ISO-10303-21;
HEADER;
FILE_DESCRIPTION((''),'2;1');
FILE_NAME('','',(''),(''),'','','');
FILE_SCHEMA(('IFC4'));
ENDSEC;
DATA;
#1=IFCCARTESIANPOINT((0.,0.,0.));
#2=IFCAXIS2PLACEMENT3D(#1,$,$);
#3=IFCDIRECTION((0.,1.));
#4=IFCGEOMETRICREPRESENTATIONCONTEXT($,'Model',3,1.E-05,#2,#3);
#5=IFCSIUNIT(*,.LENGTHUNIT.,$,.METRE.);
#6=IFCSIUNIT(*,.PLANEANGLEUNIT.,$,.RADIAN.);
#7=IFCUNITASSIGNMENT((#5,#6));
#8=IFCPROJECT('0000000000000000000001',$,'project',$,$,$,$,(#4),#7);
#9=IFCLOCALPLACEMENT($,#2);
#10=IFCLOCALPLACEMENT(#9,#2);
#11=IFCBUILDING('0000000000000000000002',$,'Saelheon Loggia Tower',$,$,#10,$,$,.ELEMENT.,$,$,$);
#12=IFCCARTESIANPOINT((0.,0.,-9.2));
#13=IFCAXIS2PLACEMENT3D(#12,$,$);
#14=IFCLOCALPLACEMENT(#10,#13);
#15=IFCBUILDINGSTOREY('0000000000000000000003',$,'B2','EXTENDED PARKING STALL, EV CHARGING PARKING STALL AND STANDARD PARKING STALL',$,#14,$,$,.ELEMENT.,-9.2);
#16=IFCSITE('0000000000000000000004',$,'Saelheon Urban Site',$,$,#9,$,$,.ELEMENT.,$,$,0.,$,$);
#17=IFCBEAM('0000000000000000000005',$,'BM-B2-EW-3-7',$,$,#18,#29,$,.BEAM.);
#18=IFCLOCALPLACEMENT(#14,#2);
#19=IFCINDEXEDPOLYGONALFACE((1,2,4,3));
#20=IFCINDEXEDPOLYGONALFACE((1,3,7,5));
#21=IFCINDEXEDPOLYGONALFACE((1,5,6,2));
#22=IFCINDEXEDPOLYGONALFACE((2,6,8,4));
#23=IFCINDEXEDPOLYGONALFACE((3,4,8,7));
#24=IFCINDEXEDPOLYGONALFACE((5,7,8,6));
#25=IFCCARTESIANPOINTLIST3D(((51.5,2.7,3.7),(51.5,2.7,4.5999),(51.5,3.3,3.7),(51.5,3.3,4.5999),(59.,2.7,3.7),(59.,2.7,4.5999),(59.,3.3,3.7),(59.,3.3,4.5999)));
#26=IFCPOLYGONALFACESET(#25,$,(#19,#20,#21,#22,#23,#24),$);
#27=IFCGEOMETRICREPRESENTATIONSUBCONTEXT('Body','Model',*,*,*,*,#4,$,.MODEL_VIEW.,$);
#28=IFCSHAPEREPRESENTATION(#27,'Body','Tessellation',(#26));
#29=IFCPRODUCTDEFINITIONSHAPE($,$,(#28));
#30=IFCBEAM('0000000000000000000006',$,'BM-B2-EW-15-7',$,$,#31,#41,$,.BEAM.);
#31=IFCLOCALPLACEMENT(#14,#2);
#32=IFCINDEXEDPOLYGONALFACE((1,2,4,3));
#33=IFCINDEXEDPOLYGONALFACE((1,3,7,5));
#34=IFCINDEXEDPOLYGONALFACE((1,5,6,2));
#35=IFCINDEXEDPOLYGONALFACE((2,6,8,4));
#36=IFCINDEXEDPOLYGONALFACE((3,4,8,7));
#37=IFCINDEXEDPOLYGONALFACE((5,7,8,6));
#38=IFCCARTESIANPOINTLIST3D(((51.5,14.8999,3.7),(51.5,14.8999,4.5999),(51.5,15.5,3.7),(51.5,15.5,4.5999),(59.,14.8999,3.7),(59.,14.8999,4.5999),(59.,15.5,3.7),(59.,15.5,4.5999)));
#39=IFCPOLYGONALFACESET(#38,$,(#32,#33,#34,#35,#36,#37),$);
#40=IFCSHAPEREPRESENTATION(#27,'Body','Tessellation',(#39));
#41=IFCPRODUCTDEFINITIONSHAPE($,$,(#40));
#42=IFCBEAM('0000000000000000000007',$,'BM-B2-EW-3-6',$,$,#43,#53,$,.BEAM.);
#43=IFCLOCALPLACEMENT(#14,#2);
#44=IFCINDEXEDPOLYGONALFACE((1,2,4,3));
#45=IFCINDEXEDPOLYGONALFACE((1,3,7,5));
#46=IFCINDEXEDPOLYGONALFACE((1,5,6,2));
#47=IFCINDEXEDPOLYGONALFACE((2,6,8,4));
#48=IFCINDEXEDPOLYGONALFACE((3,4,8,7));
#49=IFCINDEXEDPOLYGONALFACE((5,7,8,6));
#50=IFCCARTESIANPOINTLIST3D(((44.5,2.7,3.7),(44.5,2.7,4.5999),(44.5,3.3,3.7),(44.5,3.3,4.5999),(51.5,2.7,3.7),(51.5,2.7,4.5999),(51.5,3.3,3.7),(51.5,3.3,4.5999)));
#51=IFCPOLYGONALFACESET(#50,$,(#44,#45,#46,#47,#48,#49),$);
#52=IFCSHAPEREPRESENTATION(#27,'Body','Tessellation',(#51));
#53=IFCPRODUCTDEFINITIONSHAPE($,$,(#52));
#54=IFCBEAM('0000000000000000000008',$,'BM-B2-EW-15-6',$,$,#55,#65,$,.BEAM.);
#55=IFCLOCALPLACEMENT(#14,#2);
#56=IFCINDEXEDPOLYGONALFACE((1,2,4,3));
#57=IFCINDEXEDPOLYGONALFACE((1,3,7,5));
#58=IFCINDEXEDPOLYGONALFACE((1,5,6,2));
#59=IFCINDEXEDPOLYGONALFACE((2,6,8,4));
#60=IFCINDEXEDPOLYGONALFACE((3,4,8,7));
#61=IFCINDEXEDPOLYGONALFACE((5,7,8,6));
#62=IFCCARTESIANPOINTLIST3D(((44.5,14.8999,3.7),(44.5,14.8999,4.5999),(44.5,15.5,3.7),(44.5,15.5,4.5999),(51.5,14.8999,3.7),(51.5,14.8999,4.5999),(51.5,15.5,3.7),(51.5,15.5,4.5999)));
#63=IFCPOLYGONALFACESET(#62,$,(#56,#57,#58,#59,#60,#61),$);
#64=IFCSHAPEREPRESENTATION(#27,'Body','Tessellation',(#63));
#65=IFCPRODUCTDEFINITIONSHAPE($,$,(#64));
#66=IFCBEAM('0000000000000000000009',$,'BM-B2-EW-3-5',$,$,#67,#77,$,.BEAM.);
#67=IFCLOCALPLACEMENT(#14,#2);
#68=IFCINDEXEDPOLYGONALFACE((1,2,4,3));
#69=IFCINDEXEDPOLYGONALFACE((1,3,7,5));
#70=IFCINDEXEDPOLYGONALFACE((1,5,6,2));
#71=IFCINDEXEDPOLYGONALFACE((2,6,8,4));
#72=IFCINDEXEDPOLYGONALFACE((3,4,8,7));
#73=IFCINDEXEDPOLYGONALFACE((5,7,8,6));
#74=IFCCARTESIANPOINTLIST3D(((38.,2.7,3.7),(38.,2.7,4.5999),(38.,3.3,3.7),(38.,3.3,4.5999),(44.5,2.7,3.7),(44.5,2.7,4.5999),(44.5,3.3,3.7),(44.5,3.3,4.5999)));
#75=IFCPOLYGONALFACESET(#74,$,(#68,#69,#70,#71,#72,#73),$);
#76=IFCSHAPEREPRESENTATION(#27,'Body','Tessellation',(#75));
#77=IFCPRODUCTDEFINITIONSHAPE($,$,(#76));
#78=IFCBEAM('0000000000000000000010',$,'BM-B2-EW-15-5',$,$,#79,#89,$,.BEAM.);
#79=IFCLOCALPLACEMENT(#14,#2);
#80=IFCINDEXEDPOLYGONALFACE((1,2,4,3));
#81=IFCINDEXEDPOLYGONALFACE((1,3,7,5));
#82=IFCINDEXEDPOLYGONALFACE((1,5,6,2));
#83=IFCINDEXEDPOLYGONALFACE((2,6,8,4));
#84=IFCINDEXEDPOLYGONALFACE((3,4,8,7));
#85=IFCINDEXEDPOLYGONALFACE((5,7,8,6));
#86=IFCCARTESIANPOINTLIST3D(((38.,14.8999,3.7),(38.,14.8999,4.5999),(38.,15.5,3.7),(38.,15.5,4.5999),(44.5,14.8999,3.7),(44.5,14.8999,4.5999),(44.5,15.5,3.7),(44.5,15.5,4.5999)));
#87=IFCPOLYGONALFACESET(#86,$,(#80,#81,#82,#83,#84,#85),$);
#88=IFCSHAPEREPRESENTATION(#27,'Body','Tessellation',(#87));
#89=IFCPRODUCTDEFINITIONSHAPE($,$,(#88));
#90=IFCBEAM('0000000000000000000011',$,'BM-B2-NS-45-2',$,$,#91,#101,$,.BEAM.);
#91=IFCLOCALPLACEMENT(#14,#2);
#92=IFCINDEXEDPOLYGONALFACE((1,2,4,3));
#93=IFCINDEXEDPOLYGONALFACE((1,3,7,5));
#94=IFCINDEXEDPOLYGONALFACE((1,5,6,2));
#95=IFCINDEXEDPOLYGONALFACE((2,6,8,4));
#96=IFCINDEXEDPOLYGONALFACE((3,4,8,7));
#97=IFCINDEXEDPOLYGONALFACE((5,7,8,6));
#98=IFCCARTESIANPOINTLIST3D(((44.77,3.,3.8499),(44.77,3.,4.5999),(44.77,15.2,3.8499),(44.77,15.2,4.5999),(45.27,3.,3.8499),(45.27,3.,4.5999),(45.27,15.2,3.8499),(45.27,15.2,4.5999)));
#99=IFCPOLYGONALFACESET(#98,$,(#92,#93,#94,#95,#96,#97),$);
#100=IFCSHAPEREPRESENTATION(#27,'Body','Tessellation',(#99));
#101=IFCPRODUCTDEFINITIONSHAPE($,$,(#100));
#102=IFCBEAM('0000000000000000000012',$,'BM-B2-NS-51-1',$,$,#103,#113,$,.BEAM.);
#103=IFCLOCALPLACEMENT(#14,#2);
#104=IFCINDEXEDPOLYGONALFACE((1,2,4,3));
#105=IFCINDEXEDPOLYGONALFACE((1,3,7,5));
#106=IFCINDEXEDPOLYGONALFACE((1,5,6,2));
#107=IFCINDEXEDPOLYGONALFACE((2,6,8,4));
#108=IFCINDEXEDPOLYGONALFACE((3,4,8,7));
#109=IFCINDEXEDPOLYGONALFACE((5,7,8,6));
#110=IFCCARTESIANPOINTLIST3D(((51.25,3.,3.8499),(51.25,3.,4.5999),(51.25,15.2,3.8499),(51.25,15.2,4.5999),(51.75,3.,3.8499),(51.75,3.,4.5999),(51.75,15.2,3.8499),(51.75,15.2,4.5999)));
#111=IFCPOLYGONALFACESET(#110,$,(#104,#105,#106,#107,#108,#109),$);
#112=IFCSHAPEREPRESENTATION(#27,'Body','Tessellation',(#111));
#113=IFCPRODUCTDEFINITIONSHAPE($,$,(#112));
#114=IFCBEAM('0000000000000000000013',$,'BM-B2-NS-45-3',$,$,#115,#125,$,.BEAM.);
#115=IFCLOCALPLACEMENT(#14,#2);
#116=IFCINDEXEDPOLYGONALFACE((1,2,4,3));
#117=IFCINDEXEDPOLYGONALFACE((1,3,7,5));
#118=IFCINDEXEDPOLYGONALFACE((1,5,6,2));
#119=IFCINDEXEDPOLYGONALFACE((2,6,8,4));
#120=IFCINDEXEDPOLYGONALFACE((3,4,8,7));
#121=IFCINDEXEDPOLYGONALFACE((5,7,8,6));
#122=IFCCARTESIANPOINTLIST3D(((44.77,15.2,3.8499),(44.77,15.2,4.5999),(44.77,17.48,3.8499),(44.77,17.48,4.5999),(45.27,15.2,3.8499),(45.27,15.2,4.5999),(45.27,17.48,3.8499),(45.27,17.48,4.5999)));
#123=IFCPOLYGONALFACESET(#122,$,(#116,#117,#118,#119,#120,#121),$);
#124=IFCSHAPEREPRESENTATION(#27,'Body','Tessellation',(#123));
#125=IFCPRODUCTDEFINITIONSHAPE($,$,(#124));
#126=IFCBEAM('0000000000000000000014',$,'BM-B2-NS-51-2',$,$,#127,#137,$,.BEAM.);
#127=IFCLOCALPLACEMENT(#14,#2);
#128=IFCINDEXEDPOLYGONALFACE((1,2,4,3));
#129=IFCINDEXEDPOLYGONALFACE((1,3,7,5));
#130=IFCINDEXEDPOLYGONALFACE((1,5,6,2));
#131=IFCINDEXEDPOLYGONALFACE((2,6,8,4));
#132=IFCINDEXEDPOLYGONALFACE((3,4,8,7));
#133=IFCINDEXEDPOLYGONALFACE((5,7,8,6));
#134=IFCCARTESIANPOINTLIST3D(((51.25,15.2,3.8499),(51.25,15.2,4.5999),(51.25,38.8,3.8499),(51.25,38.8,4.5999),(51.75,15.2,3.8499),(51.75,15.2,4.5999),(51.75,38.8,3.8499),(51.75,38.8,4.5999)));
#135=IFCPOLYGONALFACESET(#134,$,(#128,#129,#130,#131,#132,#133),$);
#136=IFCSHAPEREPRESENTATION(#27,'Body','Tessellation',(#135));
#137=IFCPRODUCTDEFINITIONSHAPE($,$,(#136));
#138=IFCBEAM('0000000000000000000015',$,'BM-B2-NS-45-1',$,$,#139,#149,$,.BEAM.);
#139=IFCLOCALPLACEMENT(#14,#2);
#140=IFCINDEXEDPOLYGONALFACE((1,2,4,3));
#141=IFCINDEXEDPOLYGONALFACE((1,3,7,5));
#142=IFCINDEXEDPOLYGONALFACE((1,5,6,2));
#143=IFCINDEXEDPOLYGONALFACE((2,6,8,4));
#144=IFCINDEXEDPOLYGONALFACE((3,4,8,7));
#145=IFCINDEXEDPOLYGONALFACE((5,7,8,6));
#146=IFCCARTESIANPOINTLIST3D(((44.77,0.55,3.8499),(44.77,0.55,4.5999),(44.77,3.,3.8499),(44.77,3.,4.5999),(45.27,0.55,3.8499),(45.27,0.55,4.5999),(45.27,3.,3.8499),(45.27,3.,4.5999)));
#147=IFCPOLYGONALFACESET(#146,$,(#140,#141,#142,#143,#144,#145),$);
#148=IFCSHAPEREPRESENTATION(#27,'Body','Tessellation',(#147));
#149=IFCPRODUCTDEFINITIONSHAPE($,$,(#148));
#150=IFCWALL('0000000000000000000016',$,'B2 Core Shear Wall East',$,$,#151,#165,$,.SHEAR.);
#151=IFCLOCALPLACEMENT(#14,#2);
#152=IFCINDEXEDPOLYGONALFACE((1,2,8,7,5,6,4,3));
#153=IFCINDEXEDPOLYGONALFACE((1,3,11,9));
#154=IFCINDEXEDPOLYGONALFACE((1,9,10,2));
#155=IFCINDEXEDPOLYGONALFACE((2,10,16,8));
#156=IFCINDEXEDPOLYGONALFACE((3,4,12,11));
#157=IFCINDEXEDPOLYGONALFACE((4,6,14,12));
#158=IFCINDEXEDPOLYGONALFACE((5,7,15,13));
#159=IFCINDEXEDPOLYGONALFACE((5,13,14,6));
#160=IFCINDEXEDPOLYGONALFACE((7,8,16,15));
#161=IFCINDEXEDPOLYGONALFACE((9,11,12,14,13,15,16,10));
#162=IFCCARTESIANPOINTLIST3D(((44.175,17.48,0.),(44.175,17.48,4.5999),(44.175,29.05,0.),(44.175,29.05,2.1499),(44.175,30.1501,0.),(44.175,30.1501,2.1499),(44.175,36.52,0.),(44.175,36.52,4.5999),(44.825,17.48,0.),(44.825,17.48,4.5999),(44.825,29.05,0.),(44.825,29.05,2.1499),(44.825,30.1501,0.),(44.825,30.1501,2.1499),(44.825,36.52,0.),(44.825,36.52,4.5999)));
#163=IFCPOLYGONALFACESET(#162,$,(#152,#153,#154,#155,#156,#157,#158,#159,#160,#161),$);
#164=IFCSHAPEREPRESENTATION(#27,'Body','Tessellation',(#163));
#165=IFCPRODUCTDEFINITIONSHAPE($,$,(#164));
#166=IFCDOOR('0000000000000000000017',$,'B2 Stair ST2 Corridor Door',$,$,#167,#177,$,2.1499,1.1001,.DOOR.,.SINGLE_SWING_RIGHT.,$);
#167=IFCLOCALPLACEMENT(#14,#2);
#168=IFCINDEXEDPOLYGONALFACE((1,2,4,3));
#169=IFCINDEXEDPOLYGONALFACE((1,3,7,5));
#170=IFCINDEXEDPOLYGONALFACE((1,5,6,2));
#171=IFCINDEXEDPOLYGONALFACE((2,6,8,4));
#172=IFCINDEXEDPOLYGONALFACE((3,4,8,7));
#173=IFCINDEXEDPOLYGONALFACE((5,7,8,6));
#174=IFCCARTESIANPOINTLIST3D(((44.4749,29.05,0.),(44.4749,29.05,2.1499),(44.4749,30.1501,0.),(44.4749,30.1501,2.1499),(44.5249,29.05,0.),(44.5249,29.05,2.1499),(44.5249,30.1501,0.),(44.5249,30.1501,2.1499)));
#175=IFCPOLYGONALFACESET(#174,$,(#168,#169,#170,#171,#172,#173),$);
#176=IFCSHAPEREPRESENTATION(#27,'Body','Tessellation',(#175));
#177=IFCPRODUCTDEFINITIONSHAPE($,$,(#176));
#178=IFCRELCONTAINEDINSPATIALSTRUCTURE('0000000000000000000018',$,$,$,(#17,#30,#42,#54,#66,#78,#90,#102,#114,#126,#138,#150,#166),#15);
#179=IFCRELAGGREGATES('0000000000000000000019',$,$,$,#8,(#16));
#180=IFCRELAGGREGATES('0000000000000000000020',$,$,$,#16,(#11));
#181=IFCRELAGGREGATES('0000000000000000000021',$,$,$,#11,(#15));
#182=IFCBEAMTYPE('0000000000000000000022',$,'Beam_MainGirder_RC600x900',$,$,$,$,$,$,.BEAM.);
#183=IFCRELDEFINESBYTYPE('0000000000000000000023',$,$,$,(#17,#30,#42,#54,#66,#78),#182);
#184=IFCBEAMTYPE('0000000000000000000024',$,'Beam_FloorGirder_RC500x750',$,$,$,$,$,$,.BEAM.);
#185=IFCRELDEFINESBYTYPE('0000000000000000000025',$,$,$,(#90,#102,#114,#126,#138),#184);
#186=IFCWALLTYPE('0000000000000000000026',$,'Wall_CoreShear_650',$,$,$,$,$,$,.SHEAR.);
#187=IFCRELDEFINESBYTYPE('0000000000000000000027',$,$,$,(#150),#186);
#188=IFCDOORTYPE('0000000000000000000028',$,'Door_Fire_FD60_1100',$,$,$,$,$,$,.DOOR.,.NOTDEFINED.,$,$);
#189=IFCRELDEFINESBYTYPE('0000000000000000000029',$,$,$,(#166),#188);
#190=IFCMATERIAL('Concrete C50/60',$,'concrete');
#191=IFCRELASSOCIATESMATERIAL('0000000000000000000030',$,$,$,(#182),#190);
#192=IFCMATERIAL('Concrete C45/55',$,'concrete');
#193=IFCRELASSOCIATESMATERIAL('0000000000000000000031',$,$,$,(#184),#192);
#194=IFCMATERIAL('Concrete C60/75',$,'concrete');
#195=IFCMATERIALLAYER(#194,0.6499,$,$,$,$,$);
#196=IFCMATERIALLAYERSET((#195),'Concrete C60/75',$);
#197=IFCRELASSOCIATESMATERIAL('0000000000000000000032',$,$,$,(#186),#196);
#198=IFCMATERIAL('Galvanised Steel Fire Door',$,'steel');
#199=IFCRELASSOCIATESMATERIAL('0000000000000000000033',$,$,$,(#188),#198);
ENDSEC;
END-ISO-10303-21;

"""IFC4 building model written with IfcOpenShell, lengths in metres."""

from ifc_helpers import new_model, si_unit, direction, frame, frame_2d, origin, origin_2d, place, context, subcontext, project, spatial, rectangle, extrude, source, transform, mapped, material, layer, layer_set, material_profile, profile_set, type_object, element, fill, save


model = new_model("IFC4")

# Units and contexts
model_context = context("Model", 3, precision=1e-05, world=origin(), true_north=direction((0.0, 1.0)))
body_context = subcontext(model_context, "Body", "Model", "MODEL_VIEW")
ifc_project = project(units=[si_unit("LENGTHUNIT", "METRE"), si_unit("PLANEANGLEUNIT", "RADIAN")], contexts=[model_context])

# Site, building, storey
site_placement = place(None, origin())
site = spatial("IfcSite", under=ifc_project, at=site_placement, Name="Saelheon Urban Site", CompositionType="ELEMENT", RefElevation=0.0)
building_placement = place(site_placement, origin())
building = spatial("IfcBuilding", under=site, at=building_placement, Name="Saelheon Loggia Tower", CompositionType="ELEMENT")
storey_placement = place(building_placement, frame((0.0, 0.0, -9.2)))
storey = spatial("IfcBuildingStorey", under=building, at=storey_placement, Name="B2", Description="EXTENDED PARKING STALL, EV CHARGING PARKING STALL AND STANDARD PARKING STALL", CompositionType="ELEMENT", Elevation=-9.2)

# Shared definitions
ifc_material_1 = material(Name="Concrete C50/60", Category="concrete")

# Shared definitions
ifc_material_2 = material(Name="Concrete C60/75", Category="concrete")

# Beams
ifc_material_profile_1 = material_profile(ifc_material_1, rectangle(XDim=0.6001, YDim=0.8999, at=origin_2d()), Name="RC-600x900")
ifc_profile_set_1 = profile_set([ifc_material_profile_1], Name="Concrete C50/60")
beam_type_1 = type_object("IfcBeamType", Name="Beam_MainGirder_RC600x900", PredefinedType="BEAM", material=ifc_profile_set_1)
shared_shape_1 = source(origin(), body_context, "Body", "SweptSolid", [
    extrude(rectangle(XDim=0.6001, YDim=0.8999, at=origin_2d()), origin(), (0.0, 0.0, 1.0), 7.5),
])
for number, where, z_axis, x_axis, name in (
    (1, (51.5, 3.0, 4.1499), (1.0, 0.0, 0.0), (0.0, 1.0, 0.0), "BM-B2-EW-3-7"),
    (2, (51.5, 15.2, 4.1499), (1.0, 0.0, 0.0), (0.0, 1.0, 0.0), "BM-B2-EW-15-7"),
):
    element("IfcBeam", number, at=place(storey_placement, frame(where, z_axis=z_axis, x_axis=x_axis)), inside=storey, type_object=beam_type_1, Name=name, PredefinedType="BEAM", context=body_context, shape_type="MappedRepresentation", body=[
        mapped(shared_shape_1, transform((0.0, 0.0, 0.0), scale=1.0)),
    ])
shared_shape_2 = source(origin(), body_context, "Body", "SweptSolid", [
    extrude(rectangle(XDim=0.6001, YDim=0.8999, at=origin_2d()), origin(), (0.0, 0.0, 1.0), 7.0),
])
for number, where, z_axis, x_axis, name in (
    (3, (44.5, 3.0, 4.1499), (1.0, 0.0, 0.0), (0.0, 1.0, 0.0), "BM-B2-EW-3-6"),
    (4, (44.5, 15.2, 4.1499), (1.0, 0.0, 0.0), (0.0, 1.0, 0.0), "BM-B2-EW-15-6"),
):
    element("IfcBeam", number, at=place(storey_placement, frame(where, z_axis=z_axis, x_axis=x_axis)), inside=storey, type_object=beam_type_1, Name=name, PredefinedType="BEAM", context=body_context, shape_type="MappedRepresentation", body=[
        mapped(shared_shape_2, transform((0.0, 0.0, 0.0), scale=1.0)),
    ])
shared_shape_3 = source(origin(), body_context, "Body", "SweptSolid", [
    extrude(rectangle(XDim=0.6001, YDim=0.8999, at=origin_2d()), origin(), (0.0, 0.0, 1.0), 6.5),
])
for number, where, z_axis, x_axis, name in (
    (5, (38.0, 3.0, 4.1499), (1.0, 0.0, 0.0), (0.0, 1.0, 0.0), "BM-B2-EW-3-5"),
    (6, (38.0, 15.2, 4.1499), (1.0, 0.0, 0.0), (0.0, 1.0, 0.0), "BM-B2-EW-15-5"),
):
    element("IfcBeam", number, at=place(storey_placement, frame(where, z_axis=z_axis, x_axis=x_axis)), inside=storey, type_object=beam_type_1, Name=name, PredefinedType="BEAM", context=body_context, shape_type="MappedRepresentation", body=[
        mapped(shared_shape_3, transform((0.0, 0.0, 0.0), scale=1.0)),
    ])
ifc_material_3 = material(Name="Concrete C45/55", Category="concrete")
ifc_material_profile_2 = material_profile(ifc_material_3, rectangle(XDim=0.5, YDim=0.75, at=origin_2d()), Name="RC-500x750")
ifc_profile_set_2 = profile_set([ifc_material_profile_2], Name="Concrete C45/55")
beam_type_2 = type_object("IfcBeamType", Name="Beam_FloorGirder_RC500x750", PredefinedType="BEAM", material=ifc_profile_set_2)
shared_shape_4 = source(origin(), body_context, "Body", "SweptSolid", [
    extrude(rectangle(XDim=0.5, YDim=0.75, at=origin_2d()), origin(), (0.0, 0.0, 1.0), 12.2),
])
for number, where, z_axis, x_axis, name in (
    (7, (45.02, 3.0, 4.2249), (0.0, 1.0, 0.0), (-1.0, 0.0, 0.0), "BM-B2-NS-45-2"),
    (8, (51.5, 3.0, 4.2249), (0.0, 1.0, 0.0), (-1.0, 0.0, 0.0), "BM-B2-NS-51-1"),
):
    element("IfcBeam", number, at=place(storey_placement, frame(where, z_axis=z_axis, x_axis=x_axis)), inside=storey, type_object=beam_type_2, Name=name, PredefinedType="BEAM", context=body_context, shape_type="MappedRepresentation", body=[
        mapped(shared_shape_4, transform((0.0, 0.0, 0.0), scale=1.0)),
    ])
shared_shape_5 = source(origin(), body_context, "Body", "SweptSolid", [
    extrude(rectangle(XDim=0.5, YDim=0.75, at=origin_2d()), origin(), (0.0, 0.0, 1.0), 2.28),
])
beam_1_placement = place(storey_placement, frame((45.02, 15.2, 4.2249), z_axis=(0.0, 1.0, 0.0), x_axis=(-1.0, 0.0, 0.0)))
element("IfcBeam", 9, at=beam_1_placement, inside=storey, type_object=beam_type_2, Name="BM-B2-NS-45-3", PredefinedType="BEAM", context=body_context, shape_type="MappedRepresentation", body=[
    mapped(shared_shape_5, transform((0.0, 0.0, 0.0), scale=1.0)),
])
shared_shape_6 = source(origin(), body_context, "Body", "SweptSolid", [
    extrude(rectangle(XDim=0.5, YDim=0.75, at=origin_2d()), origin(), (0.0, 0.0, 1.0), 23.6001),
])
beam_2_placement = place(storey_placement, frame((51.5, 15.2, 4.2249), z_axis=(0.0, 1.0, 0.0), x_axis=(-1.0, 0.0, 0.0)))
element("IfcBeam", 10, at=beam_2_placement, inside=storey, type_object=beam_type_2, Name="BM-B2-NS-51-2", PredefinedType="BEAM", context=body_context, shape_type="MappedRepresentation", body=[
    mapped(shared_shape_6, transform((0.0, 0.0, 0.0), scale=1.0)),
])
shared_shape_7 = source(origin(), body_context, "Body", "SweptSolid", [
    extrude(rectangle(XDim=0.5, YDim=0.75, at=origin_2d()), origin(), (0.0, 0.0, 1.0), 2.45),
])
beam_3_placement = place(storey_placement, frame((45.02, 0.55, 4.2249), z_axis=(0.0, 1.0, 0.0), x_axis=(-1.0, 0.0, 0.0)))
element("IfcBeam", 11, at=beam_3_placement, inside=storey, type_object=beam_type_2, Name="BM-B2-NS-45-1", PredefinedType="BEAM", context=body_context, shape_type="MappedRepresentation", body=[
    mapped(shared_shape_7, transform((0.0, 0.0, 0.0), scale=1.0)),
])

# Wall, opening, door
ifc_layer = layer(ifc_material_2, 0.6499)
ifc_layer_set = layer_set([ifc_layer], Name="Concrete C60/75")
wall_type = type_object("IfcWallType", Name="Wall_CoreShear_650", PredefinedType="SHEAR", material=ifc_layer_set)
wall_placement = place(storey_placement, frame((44.5, 17.48, 0.0), z_axis=(0.0, 0.0, 1.0), x_axis=(0.0, 1.0, 0.0)))
wall = element("IfcWall", 12, at=wall_placement, inside=storey, type_object=wall_type, Name="B2 Core Shear Wall East", PredefinedType="SHEAR", context=body_context, shape_type="SweptSolid", body=[
    extrude(rectangle(XDim=19.04, YDim=0.6499, at=frame_2d((9.52, 0.0))), origin(), (0.0, 0.0, 1.0), 4.5999),
])
opening_placement = place(wall_placement, frame((12.6702, 0.0, 0.0), z_axis=(0.0, 0.0, 1.0), x_axis=(-1.0, 0.0, 0.0)))
opening = element("IfcOpeningElement", 13, at=opening_placement, cuts=wall, PredefinedType="OPENING", context=body_context, shape_type="SweptSolid", body=[
    extrude(rectangle(XDim=1.1001, YDim=2.1499, at=frame_2d((0.55, 1.075))), frame((0.0, 0.3369, 0.0), z_axis=(0.0, -1.0, 0.0), x_axis=(1.0, 0.0, 0.0)), (0.0, 0.0, 1.0), 0.6738),
])
ifc_material_4 = material(Name="Galvanised Steel Fire Door", Category="steel")
door_type = type_object("IfcDoorType", Name="Door_Fire_FD60_1100", OperationType="NOTDEFINED", PredefinedType="DOOR", material=ifc_material_4)
shared_shape_8 = source(origin(), body_context, "Body", "SweptSolid", [
    extrude(rectangle(XDim=1.1001, YDim=2.1499, at=frame_2d((0.55, 1.075))), frame((0.0, 0.0249, 0.0), z_axis=(0.0, -1.0, 0.0), x_axis=(1.0, 0.0, 0.0)), (0.0, 0.0, 1.0), 0.05),
])
door_placement = place(opening_placement, origin())
door = element("IfcDoor", 14, at=door_placement, inside=storey, type_object=door_type, Name="B2 Stair ST2 Corridor Door", OperationType="SINGLE_SWING_RIGHT", OverallHeight=2.1499, OverallWidth=1.1001, PredefinedType="DOOR", context=body_context, shape_type="MappedRepresentation", body=[
    mapped(shared_shape_8, transform((0.0, 0.0, 0.0), scale=1.0)),
])
fill(opening, door)

save(model, "model.ifc")
